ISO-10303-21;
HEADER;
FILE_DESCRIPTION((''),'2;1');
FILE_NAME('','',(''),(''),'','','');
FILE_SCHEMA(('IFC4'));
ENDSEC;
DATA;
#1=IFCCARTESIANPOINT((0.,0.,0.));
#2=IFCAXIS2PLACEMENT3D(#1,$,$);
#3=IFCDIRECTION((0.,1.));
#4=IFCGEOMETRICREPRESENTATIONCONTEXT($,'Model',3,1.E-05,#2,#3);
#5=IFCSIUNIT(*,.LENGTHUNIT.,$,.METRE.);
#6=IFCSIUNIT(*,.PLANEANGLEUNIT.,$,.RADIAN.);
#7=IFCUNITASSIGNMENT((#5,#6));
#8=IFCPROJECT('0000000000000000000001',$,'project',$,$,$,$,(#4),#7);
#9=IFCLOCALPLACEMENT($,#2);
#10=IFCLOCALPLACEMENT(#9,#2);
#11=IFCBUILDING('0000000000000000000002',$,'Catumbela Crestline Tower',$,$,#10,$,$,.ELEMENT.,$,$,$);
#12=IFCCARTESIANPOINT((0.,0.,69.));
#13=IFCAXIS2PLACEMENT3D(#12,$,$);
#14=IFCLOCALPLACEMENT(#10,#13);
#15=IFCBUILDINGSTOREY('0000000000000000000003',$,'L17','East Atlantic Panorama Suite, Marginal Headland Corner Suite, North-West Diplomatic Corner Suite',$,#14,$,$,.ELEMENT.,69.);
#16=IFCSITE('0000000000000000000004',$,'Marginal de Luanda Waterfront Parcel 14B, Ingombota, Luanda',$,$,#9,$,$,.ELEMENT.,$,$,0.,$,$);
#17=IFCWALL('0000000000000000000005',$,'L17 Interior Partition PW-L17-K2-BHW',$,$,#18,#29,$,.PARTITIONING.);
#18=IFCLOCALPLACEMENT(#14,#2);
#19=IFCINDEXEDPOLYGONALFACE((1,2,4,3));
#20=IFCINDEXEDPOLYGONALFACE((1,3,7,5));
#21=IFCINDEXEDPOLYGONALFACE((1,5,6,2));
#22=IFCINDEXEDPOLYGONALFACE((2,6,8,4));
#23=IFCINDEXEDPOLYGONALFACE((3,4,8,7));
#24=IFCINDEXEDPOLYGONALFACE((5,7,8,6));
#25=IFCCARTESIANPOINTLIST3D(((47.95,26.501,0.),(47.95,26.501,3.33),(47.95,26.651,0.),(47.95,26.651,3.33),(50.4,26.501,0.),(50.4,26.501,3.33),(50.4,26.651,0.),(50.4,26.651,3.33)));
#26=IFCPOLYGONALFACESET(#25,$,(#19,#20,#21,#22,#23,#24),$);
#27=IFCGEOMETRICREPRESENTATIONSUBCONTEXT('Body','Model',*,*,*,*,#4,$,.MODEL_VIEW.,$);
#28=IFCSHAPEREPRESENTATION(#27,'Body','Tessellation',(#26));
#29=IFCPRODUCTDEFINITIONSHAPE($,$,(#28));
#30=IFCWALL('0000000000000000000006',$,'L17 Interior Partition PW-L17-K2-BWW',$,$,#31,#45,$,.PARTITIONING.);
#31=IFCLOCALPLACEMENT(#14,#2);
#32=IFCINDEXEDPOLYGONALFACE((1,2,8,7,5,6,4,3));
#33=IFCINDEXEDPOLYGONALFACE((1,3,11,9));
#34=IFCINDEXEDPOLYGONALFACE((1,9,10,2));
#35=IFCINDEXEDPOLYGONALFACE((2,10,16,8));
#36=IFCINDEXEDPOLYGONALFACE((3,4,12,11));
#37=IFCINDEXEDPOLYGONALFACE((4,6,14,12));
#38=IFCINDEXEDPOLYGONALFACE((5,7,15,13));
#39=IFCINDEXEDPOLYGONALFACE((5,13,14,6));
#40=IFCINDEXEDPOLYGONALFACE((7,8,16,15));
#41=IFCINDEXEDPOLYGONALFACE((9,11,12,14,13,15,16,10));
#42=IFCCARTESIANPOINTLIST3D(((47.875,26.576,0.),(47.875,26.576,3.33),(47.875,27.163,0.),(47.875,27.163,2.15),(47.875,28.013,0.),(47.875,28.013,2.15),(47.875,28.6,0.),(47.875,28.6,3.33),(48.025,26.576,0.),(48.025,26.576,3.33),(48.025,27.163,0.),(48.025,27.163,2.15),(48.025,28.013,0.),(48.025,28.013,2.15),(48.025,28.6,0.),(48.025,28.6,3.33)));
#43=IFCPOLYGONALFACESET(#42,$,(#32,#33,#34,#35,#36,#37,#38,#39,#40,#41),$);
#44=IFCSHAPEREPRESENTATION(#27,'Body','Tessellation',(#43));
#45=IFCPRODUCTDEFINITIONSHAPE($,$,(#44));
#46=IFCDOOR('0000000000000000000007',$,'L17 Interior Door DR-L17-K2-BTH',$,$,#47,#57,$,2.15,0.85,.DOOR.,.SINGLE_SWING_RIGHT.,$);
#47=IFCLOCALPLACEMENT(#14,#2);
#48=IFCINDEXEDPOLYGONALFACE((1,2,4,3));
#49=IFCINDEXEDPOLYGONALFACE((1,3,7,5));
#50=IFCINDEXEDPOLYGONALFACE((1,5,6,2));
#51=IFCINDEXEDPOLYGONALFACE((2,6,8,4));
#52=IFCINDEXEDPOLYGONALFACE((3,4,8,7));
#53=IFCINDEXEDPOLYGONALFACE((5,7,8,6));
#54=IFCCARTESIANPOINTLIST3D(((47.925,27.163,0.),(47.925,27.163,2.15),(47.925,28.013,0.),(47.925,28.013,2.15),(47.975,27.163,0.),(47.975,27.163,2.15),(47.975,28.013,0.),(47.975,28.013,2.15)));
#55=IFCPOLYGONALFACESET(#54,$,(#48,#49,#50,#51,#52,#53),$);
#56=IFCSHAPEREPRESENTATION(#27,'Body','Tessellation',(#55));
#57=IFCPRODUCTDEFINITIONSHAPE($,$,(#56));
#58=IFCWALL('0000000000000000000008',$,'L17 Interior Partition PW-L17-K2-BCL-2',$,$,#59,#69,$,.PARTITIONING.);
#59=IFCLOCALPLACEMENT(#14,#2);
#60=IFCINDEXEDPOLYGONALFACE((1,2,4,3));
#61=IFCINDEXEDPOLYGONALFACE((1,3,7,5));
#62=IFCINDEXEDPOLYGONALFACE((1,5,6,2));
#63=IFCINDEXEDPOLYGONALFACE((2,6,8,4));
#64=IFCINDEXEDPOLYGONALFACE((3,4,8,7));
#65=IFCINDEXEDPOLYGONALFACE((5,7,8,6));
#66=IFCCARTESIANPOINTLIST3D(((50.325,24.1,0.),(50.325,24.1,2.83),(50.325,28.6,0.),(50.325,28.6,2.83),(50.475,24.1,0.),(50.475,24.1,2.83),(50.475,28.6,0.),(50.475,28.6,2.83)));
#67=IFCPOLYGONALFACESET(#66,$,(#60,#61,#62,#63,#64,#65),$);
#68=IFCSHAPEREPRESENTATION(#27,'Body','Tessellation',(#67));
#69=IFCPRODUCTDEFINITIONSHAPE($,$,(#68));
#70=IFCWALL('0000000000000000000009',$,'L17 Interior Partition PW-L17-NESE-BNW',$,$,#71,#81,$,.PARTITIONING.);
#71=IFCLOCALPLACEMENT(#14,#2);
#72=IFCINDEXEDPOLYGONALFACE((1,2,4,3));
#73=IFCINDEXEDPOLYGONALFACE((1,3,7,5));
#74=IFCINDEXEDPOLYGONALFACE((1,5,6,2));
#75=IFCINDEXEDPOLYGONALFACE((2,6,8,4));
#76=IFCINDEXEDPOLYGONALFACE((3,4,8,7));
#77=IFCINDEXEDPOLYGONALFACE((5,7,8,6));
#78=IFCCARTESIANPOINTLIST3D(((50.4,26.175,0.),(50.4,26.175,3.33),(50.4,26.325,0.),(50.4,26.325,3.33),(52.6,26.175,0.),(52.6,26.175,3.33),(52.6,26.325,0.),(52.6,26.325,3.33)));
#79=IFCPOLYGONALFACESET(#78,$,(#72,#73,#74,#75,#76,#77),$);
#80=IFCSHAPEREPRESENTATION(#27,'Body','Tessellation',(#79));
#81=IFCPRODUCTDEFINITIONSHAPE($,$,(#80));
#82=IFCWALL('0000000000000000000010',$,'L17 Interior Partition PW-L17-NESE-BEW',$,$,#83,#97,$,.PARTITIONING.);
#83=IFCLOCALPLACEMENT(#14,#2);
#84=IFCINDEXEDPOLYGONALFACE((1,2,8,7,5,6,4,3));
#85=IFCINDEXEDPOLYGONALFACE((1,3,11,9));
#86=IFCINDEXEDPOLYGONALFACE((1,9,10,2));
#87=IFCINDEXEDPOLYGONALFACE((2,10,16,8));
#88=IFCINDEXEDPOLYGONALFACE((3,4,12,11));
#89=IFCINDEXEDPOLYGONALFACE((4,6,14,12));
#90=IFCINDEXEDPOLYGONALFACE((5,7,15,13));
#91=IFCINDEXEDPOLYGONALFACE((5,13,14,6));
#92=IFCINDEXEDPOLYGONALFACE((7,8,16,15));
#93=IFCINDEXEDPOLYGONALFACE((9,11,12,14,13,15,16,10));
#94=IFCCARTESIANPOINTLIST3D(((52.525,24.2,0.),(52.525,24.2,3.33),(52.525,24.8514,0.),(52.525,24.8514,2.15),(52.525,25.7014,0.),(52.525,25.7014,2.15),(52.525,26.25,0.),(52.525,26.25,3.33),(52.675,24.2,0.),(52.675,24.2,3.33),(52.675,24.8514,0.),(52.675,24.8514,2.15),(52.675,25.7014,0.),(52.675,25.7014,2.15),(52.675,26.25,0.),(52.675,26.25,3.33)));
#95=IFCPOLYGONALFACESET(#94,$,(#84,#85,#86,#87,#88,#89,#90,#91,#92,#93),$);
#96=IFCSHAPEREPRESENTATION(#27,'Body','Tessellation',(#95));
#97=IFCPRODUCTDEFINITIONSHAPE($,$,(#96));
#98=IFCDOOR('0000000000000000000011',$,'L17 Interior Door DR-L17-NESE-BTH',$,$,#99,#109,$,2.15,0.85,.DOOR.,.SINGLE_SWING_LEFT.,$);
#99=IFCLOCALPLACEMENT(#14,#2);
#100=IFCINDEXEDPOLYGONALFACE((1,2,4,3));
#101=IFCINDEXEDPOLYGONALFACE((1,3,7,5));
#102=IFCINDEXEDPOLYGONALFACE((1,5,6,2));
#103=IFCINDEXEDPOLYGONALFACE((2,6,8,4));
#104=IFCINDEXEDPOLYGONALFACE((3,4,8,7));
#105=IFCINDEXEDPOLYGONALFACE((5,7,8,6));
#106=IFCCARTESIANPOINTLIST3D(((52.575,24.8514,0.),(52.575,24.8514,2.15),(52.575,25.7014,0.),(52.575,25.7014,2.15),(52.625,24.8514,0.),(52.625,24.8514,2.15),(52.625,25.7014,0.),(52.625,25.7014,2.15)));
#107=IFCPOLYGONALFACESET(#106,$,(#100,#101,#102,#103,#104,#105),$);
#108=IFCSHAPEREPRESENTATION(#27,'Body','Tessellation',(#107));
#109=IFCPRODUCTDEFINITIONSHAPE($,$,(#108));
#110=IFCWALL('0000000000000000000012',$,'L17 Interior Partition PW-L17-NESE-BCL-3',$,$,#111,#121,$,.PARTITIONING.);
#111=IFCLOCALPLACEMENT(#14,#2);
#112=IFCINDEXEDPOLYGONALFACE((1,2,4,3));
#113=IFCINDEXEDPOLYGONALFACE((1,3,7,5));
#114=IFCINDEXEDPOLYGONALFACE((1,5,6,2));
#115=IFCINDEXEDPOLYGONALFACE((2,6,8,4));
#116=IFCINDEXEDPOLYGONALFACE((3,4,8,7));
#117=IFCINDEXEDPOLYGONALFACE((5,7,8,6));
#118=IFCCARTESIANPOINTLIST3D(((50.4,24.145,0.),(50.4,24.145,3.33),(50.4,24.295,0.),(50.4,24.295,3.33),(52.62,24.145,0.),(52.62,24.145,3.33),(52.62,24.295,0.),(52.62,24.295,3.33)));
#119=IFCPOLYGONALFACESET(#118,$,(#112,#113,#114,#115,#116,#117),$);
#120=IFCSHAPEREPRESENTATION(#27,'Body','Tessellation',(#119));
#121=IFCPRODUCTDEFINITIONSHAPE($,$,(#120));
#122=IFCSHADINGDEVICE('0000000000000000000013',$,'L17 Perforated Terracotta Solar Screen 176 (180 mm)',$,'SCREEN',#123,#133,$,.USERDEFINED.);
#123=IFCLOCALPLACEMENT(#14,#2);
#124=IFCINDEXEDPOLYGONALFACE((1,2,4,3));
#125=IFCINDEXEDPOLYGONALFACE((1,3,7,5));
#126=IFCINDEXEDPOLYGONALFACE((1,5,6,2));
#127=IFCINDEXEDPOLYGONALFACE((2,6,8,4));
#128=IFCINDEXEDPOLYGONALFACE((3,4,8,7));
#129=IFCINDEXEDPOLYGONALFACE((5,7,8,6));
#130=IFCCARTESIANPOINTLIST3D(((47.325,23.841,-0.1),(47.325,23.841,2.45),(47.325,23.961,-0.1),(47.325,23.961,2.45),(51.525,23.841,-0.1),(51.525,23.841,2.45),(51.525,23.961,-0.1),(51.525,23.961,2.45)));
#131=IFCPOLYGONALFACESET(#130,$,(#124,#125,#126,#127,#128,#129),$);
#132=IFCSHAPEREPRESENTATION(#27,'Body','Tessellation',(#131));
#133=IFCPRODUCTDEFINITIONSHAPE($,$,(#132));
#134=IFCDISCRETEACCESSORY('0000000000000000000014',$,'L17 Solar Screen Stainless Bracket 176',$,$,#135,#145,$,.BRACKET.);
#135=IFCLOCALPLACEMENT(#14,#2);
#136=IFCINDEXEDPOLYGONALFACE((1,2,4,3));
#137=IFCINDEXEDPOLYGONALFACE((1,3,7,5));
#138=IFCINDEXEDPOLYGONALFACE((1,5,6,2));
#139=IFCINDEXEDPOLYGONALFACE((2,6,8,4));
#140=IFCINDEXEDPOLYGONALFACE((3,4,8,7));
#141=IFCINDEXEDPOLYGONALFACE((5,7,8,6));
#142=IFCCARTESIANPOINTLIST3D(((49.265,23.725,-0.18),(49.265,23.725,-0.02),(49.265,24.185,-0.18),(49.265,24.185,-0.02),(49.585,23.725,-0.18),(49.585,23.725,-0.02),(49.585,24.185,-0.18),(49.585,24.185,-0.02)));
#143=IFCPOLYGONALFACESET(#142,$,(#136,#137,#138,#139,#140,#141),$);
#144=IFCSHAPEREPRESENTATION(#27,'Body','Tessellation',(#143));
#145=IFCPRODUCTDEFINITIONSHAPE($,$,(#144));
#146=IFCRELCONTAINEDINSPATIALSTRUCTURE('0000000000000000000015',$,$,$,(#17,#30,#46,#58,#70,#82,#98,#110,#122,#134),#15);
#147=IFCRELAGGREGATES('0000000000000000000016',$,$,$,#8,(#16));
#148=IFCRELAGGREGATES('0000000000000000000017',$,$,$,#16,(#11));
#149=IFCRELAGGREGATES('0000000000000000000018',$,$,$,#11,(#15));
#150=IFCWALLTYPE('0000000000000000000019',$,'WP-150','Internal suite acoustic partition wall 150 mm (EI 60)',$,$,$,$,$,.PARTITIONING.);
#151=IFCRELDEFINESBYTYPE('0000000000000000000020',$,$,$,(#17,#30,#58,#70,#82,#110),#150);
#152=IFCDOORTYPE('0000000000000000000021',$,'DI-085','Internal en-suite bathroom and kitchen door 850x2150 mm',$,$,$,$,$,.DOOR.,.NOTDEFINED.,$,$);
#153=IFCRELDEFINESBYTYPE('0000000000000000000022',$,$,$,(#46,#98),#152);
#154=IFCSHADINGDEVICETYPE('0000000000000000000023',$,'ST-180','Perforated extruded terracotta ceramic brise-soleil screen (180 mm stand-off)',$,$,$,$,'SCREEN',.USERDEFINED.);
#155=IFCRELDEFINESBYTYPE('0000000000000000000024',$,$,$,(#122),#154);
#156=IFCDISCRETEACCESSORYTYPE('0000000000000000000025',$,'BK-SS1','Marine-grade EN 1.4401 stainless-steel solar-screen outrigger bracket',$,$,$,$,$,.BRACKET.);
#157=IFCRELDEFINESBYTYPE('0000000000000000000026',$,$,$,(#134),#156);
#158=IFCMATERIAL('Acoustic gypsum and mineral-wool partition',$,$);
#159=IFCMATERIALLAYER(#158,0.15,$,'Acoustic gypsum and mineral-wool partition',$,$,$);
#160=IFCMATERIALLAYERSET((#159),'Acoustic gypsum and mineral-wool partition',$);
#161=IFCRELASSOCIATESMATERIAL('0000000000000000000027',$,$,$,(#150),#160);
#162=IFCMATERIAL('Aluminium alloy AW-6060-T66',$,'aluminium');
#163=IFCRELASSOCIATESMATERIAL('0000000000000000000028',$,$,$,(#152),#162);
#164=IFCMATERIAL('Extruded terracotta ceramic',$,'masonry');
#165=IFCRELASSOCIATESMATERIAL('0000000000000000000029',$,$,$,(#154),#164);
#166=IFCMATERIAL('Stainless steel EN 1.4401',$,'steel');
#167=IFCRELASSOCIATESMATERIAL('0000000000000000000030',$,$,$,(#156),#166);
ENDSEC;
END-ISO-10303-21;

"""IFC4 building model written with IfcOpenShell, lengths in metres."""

from ifc_helpers import new_model, si_unit, direction, frame, frame_2d, origin, origin_2d, place, context, subcontext, project, spatial, rectangle, extrude, material, layer, layer_set, type_object, element, fill, save


model = new_model("IFC4")

# Units and contexts
model_context = context("Model", 3, precision=1e-05, world=origin(), true_north=direction((0.0, 1.0)))
body_context = subcontext(model_context, "Body", "Model", "MODEL_VIEW")
ifc_project = project(units=[si_unit("LENGTHUNIT", "METRE"), si_unit("PLANEANGLEUNIT", "RADIAN")], contexts=[model_context])

# Site, building, storey
site_placement = place(None, origin())
site = spatial("IfcSite", under=ifc_project, at=site_placement, Name="Marginal de Luanda Waterfront Parcel 14B, Ingombota, Luanda", CompositionType="ELEMENT", RefElevation=0.0)
building_placement = place(site_placement, origin())
building = spatial("IfcBuilding", under=site, at=building_placement, Name="Catumbela Crestline Tower", CompositionType="ELEMENT")
storey_placement = place(building_placement, frame((0.0, 0.0, 69.0)))
storey = spatial("IfcBuildingStorey", under=building, at=storey_placement, Name="L17", Description="East Atlantic Panorama Suite, Marginal Headland Corner Suite, North-West Diplomatic Corner Suite", CompositionType="ELEMENT", Elevation=69.0)

# Shared definitions
ifc_material_1 = material(Name="Aluminium alloy AW-6060-T66", Category="aluminium")

# Shared definitions
ifc_material_2 = material(Name="Acoustic gypsum and mineral-wool partition")

# Wall
ifc_layer_1 = layer(ifc_material_2, 0.15, Name="Acoustic gypsum and mineral-wool partition")
ifc_layer_set_1 = layer_set([ifc_layer_1], Name="Acoustic gypsum and mineral-wool partition")
wall_type_1 = type_object("IfcWallType", Name="WP-150", Description="Internal suite acoustic partition wall 150 mm (EI 60)", PredefinedType="PARTITIONING", material=ifc_layer_set_1)
wall_1_placement = place(storey_placement, frame((47.95, 26.576, 0.0), z_axis=(0.0, 0.0, 1.0), x_axis=(1.0, 0.0, 0.0)))
element("IfcWall", 1, at=wall_1_placement, inside=storey, type_object=wall_type_1, Name="L17 Interior Partition PW-L17-K2-BHW", PredefinedType="PARTITIONING", context=body_context, shape_type="SweptSolid", body=[
    extrude(rectangle(XDim=2.45, YDim=0.15, at=frame_2d((1.225, 0.0))), origin(), (0.0, 0.0, 1.0), 3.33),
])

# Wall, opening, door
wall_2_placement = place(storey_placement, frame((47.95, 26.576, 0.0), z_axis=(0.0, 0.0, 1.0), x_axis=(0.0, 1.0, 0.0)))
wall_2 = element("IfcWall", 2, at=wall_2_placement, inside=storey, type_object=wall_type_1, Name="L17 Interior Partition PW-L17-K2-BWW", PredefinedType="PARTITIONING", context=body_context, shape_type="SweptSolid", body=[
    extrude(rectangle(XDim=2.024, YDim=0.15, at=frame_2d((1.012, 0.0))), origin(), (0.0, 0.0, 1.0), 3.33),
])
opening_1_placement = place(wall_2_placement, frame((0.587, 0.0, 0.0)))
opening_1 = element("IfcOpeningElement", 3, at=opening_1_placement, cuts=wall_2, PredefinedType="OPENING", context=body_context, shape_type="SweptSolid", body=[
    extrude(rectangle(XDim=0.85, YDim=2.15, at=frame_2d((0.425, 1.075))), frame((0.0, 0.085, 0.0), z_axis=(0.0, -1.0, 0.0), x_axis=(1.0, 0.0, 0.0)), (0.0, 0.0, 1.0), 0.17),
])
door_type_1 = type_object("IfcDoorType", Name="DI-085", Description="Internal en-suite bathroom and kitchen door 850x2150 mm", OperationType="NOTDEFINED", PredefinedType="DOOR", material=ifc_material_1)
door_1_placement = place(opening_1_placement, origin())
door_1 = element("IfcDoor", 4, at=door_1_placement, inside=storey, type_object=door_type_1, Name="L17 Interior Door DR-L17-K2-BTH", OperationType="SINGLE_SWING_RIGHT", OverallHeight=2.15, OverallWidth=0.85, PredefinedType="DOOR", context=body_context, shape_type="SweptSolid", body=[
    extrude(rectangle(XDim=0.85, YDim=2.15, at=frame_2d((0.425, 1.075))), frame((0.0, 0.025, 0.0), z_axis=(0.0, -1.0, 0.0), x_axis=(1.0, 0.0, 0.0)), (0.0, 0.0, 1.0), 0.05),
])
fill(opening_1, door_1)

# Walls
wall_3_placement = place(storey_placement, frame((50.4, 28.6, 0.0), z_axis=(0.0, 0.0, 1.0), x_axis=(0.0, -1.0, 0.0)))
element("IfcWall", 5, at=wall_3_placement, inside=storey, type_object=wall_type_1, Name="L17 Interior Partition PW-L17-K2-BCL-2", PredefinedType="PARTITIONING", context=body_context, shape_type="SweptSolid", body=[
    extrude(rectangle(XDim=4.5, YDim=0.15, at=frame_2d((2.25, 0.0))), origin(), (0.0, 0.0, 1.0), 2.83),
])
wall_4_placement = place(storey_placement, frame((50.4, 26.25, 0.0), z_axis=(0.0, 0.0, 1.0), x_axis=(1.0, 0.0, 0.0)))
element("IfcWall", 6, at=wall_4_placement, inside=storey, type_object=wall_type_1, Name="L17 Interior Partition PW-L17-NESE-BNW", PredefinedType="PARTITIONING", context=body_context, shape_type="SweptSolid", body=[
    extrude(rectangle(XDim=2.2, YDim=0.15, at=frame_2d((1.1, 0.0))), origin(), (0.0, 0.0, 1.0), 3.33),
])

# Wall, opening, door
wall_5_placement = place(storey_placement, frame((52.6, 24.2, 0.0), z_axis=(0.0, 0.0, 1.0), x_axis=(0.0, 1.0, 0.0)))
wall_5 = element("IfcWall", 7, at=wall_5_placement, inside=storey, type_object=wall_type_1, Name="L17 Interior Partition PW-L17-NESE-BEW", PredefinedType="PARTITIONING", context=body_context, shape_type="SweptSolid", body=[
    extrude(rectangle(XDim=2.05, YDim=0.15, at=frame_2d((1.025, 0.0))), origin(), (0.0, 0.0, 1.0), 3.33),
])
opening_2_placement = place(wall_5_placement, frame((0.6514, 0.0, 0.0)))
opening_2 = element("IfcOpeningElement", 8, at=opening_2_placement, cuts=wall_5, PredefinedType="OPENING", context=body_context, shape_type="SweptSolid", body=[
    extrude(rectangle(XDim=0.85, YDim=2.15, at=frame_2d((0.425, 1.075))), frame((0.0, 0.085, 0.0), z_axis=(0.0, -1.0, 0.0), x_axis=(1.0, 0.0, 0.0)), (0.0, 0.0, 1.0), 0.17),
])
door_2_placement = place(opening_2_placement, origin())
door_2 = element("IfcDoor", 9, at=door_2_placement, inside=storey, type_object=door_type_1, Name="L17 Interior Door DR-L17-NESE-BTH", OperationType="SINGLE_SWING_LEFT", OverallHeight=2.15, OverallWidth=0.85, PredefinedType="DOOR", context=body_context, shape_type="SweptSolid", body=[
    extrude(rectangle(XDim=0.85, YDim=2.15, at=frame_2d((0.425, 1.075))), frame((0.0, 0.025, 0.0), z_axis=(0.0, -1.0, 0.0), x_axis=(1.0, 0.0, 0.0)), (0.0, 0.0, 1.0), 0.05),
])
fill(opening_2, door_2)

# Wall
wall_6_placement = place(storey_placement, frame((52.62, 24.22, 0.0), z_axis=(0.0, 0.0, 1.0), x_axis=(-1.0, 0.0, 0.0)))
element("IfcWall", 10, at=wall_6_placement, inside=storey, type_object=wall_type_1, Name="L17 Interior Partition PW-L17-NESE-BCL-3", PredefinedType="PARTITIONING", context=body_context, shape_type="SweptSolid", body=[
    extrude(rectangle(XDim=2.22, YDim=0.15, at=frame_2d((1.11, 0.0))), origin(), (0.0, 0.0, 1.0), 3.33),
])

# Shading device
ifc_material_3 = material(Name="Extruded terracotta ceramic", Category="masonry")
shading_device_type = type_object("IfcShadingDeviceType", Name="ST-180", Description="Perforated extruded terracotta ceramic brise-soleil screen (180 mm stand-off)", ElementType="SCREEN", PredefinedType="USERDEFINED", material=ifc_material_3)
shading_device_placement = place(storey_placement, frame((49.425, 23.901, -0.1), z_axis=(0.0, 0.0, 1.0), x_axis=(1.0, 0.0, 0.0)))
element("IfcShadingDevice", 11, at=shading_device_placement, inside=storey, type_object=shading_device_type, Name="L17 Perforated Terracotta Solar Screen 176 (180 mm)", ObjectType="SCREEN", PredefinedType="USERDEFINED", context=body_context, shape_type="SweptSolid", body=[
    extrude(rectangle(XDim=4.2, YDim=0.12, at=origin_2d()), origin(), (0.0, 0.0, 1.0), 2.55),
])

# Discrete accessory
ifc_material_4 = material(Name="Stainless steel EN 1.4401", Category="steel")
discrete_accessory_type = type_object("IfcDiscreteAccessoryType", Name="BK-SS1", Description="Marine-grade EN 1.4401 stainless-steel solar-screen outrigger bracket", PredefinedType="BRACKET", material=ifc_material_4)
discrete_accessory_placement = place(storey_placement, frame((49.425, 23.955, -0.18), z_axis=(0.0, 0.0, 1.0), x_axis=(1.0, 0.0, 0.0)))
element("IfcDiscreteAccessory", 12, at=discrete_accessory_placement, inside=storey, type_object=discrete_accessory_type, Name="L17 Solar Screen Stainless Bracket 176", PredefinedType="BRACKET", context=body_context, shape_type="SweptSolid", body=[
    extrude(rectangle(XDim=0.32, YDim=0.46, at=origin_2d()), origin(), (0.0, 0.0, 1.0), 0.16),
])

save(model, "model.ifc")
